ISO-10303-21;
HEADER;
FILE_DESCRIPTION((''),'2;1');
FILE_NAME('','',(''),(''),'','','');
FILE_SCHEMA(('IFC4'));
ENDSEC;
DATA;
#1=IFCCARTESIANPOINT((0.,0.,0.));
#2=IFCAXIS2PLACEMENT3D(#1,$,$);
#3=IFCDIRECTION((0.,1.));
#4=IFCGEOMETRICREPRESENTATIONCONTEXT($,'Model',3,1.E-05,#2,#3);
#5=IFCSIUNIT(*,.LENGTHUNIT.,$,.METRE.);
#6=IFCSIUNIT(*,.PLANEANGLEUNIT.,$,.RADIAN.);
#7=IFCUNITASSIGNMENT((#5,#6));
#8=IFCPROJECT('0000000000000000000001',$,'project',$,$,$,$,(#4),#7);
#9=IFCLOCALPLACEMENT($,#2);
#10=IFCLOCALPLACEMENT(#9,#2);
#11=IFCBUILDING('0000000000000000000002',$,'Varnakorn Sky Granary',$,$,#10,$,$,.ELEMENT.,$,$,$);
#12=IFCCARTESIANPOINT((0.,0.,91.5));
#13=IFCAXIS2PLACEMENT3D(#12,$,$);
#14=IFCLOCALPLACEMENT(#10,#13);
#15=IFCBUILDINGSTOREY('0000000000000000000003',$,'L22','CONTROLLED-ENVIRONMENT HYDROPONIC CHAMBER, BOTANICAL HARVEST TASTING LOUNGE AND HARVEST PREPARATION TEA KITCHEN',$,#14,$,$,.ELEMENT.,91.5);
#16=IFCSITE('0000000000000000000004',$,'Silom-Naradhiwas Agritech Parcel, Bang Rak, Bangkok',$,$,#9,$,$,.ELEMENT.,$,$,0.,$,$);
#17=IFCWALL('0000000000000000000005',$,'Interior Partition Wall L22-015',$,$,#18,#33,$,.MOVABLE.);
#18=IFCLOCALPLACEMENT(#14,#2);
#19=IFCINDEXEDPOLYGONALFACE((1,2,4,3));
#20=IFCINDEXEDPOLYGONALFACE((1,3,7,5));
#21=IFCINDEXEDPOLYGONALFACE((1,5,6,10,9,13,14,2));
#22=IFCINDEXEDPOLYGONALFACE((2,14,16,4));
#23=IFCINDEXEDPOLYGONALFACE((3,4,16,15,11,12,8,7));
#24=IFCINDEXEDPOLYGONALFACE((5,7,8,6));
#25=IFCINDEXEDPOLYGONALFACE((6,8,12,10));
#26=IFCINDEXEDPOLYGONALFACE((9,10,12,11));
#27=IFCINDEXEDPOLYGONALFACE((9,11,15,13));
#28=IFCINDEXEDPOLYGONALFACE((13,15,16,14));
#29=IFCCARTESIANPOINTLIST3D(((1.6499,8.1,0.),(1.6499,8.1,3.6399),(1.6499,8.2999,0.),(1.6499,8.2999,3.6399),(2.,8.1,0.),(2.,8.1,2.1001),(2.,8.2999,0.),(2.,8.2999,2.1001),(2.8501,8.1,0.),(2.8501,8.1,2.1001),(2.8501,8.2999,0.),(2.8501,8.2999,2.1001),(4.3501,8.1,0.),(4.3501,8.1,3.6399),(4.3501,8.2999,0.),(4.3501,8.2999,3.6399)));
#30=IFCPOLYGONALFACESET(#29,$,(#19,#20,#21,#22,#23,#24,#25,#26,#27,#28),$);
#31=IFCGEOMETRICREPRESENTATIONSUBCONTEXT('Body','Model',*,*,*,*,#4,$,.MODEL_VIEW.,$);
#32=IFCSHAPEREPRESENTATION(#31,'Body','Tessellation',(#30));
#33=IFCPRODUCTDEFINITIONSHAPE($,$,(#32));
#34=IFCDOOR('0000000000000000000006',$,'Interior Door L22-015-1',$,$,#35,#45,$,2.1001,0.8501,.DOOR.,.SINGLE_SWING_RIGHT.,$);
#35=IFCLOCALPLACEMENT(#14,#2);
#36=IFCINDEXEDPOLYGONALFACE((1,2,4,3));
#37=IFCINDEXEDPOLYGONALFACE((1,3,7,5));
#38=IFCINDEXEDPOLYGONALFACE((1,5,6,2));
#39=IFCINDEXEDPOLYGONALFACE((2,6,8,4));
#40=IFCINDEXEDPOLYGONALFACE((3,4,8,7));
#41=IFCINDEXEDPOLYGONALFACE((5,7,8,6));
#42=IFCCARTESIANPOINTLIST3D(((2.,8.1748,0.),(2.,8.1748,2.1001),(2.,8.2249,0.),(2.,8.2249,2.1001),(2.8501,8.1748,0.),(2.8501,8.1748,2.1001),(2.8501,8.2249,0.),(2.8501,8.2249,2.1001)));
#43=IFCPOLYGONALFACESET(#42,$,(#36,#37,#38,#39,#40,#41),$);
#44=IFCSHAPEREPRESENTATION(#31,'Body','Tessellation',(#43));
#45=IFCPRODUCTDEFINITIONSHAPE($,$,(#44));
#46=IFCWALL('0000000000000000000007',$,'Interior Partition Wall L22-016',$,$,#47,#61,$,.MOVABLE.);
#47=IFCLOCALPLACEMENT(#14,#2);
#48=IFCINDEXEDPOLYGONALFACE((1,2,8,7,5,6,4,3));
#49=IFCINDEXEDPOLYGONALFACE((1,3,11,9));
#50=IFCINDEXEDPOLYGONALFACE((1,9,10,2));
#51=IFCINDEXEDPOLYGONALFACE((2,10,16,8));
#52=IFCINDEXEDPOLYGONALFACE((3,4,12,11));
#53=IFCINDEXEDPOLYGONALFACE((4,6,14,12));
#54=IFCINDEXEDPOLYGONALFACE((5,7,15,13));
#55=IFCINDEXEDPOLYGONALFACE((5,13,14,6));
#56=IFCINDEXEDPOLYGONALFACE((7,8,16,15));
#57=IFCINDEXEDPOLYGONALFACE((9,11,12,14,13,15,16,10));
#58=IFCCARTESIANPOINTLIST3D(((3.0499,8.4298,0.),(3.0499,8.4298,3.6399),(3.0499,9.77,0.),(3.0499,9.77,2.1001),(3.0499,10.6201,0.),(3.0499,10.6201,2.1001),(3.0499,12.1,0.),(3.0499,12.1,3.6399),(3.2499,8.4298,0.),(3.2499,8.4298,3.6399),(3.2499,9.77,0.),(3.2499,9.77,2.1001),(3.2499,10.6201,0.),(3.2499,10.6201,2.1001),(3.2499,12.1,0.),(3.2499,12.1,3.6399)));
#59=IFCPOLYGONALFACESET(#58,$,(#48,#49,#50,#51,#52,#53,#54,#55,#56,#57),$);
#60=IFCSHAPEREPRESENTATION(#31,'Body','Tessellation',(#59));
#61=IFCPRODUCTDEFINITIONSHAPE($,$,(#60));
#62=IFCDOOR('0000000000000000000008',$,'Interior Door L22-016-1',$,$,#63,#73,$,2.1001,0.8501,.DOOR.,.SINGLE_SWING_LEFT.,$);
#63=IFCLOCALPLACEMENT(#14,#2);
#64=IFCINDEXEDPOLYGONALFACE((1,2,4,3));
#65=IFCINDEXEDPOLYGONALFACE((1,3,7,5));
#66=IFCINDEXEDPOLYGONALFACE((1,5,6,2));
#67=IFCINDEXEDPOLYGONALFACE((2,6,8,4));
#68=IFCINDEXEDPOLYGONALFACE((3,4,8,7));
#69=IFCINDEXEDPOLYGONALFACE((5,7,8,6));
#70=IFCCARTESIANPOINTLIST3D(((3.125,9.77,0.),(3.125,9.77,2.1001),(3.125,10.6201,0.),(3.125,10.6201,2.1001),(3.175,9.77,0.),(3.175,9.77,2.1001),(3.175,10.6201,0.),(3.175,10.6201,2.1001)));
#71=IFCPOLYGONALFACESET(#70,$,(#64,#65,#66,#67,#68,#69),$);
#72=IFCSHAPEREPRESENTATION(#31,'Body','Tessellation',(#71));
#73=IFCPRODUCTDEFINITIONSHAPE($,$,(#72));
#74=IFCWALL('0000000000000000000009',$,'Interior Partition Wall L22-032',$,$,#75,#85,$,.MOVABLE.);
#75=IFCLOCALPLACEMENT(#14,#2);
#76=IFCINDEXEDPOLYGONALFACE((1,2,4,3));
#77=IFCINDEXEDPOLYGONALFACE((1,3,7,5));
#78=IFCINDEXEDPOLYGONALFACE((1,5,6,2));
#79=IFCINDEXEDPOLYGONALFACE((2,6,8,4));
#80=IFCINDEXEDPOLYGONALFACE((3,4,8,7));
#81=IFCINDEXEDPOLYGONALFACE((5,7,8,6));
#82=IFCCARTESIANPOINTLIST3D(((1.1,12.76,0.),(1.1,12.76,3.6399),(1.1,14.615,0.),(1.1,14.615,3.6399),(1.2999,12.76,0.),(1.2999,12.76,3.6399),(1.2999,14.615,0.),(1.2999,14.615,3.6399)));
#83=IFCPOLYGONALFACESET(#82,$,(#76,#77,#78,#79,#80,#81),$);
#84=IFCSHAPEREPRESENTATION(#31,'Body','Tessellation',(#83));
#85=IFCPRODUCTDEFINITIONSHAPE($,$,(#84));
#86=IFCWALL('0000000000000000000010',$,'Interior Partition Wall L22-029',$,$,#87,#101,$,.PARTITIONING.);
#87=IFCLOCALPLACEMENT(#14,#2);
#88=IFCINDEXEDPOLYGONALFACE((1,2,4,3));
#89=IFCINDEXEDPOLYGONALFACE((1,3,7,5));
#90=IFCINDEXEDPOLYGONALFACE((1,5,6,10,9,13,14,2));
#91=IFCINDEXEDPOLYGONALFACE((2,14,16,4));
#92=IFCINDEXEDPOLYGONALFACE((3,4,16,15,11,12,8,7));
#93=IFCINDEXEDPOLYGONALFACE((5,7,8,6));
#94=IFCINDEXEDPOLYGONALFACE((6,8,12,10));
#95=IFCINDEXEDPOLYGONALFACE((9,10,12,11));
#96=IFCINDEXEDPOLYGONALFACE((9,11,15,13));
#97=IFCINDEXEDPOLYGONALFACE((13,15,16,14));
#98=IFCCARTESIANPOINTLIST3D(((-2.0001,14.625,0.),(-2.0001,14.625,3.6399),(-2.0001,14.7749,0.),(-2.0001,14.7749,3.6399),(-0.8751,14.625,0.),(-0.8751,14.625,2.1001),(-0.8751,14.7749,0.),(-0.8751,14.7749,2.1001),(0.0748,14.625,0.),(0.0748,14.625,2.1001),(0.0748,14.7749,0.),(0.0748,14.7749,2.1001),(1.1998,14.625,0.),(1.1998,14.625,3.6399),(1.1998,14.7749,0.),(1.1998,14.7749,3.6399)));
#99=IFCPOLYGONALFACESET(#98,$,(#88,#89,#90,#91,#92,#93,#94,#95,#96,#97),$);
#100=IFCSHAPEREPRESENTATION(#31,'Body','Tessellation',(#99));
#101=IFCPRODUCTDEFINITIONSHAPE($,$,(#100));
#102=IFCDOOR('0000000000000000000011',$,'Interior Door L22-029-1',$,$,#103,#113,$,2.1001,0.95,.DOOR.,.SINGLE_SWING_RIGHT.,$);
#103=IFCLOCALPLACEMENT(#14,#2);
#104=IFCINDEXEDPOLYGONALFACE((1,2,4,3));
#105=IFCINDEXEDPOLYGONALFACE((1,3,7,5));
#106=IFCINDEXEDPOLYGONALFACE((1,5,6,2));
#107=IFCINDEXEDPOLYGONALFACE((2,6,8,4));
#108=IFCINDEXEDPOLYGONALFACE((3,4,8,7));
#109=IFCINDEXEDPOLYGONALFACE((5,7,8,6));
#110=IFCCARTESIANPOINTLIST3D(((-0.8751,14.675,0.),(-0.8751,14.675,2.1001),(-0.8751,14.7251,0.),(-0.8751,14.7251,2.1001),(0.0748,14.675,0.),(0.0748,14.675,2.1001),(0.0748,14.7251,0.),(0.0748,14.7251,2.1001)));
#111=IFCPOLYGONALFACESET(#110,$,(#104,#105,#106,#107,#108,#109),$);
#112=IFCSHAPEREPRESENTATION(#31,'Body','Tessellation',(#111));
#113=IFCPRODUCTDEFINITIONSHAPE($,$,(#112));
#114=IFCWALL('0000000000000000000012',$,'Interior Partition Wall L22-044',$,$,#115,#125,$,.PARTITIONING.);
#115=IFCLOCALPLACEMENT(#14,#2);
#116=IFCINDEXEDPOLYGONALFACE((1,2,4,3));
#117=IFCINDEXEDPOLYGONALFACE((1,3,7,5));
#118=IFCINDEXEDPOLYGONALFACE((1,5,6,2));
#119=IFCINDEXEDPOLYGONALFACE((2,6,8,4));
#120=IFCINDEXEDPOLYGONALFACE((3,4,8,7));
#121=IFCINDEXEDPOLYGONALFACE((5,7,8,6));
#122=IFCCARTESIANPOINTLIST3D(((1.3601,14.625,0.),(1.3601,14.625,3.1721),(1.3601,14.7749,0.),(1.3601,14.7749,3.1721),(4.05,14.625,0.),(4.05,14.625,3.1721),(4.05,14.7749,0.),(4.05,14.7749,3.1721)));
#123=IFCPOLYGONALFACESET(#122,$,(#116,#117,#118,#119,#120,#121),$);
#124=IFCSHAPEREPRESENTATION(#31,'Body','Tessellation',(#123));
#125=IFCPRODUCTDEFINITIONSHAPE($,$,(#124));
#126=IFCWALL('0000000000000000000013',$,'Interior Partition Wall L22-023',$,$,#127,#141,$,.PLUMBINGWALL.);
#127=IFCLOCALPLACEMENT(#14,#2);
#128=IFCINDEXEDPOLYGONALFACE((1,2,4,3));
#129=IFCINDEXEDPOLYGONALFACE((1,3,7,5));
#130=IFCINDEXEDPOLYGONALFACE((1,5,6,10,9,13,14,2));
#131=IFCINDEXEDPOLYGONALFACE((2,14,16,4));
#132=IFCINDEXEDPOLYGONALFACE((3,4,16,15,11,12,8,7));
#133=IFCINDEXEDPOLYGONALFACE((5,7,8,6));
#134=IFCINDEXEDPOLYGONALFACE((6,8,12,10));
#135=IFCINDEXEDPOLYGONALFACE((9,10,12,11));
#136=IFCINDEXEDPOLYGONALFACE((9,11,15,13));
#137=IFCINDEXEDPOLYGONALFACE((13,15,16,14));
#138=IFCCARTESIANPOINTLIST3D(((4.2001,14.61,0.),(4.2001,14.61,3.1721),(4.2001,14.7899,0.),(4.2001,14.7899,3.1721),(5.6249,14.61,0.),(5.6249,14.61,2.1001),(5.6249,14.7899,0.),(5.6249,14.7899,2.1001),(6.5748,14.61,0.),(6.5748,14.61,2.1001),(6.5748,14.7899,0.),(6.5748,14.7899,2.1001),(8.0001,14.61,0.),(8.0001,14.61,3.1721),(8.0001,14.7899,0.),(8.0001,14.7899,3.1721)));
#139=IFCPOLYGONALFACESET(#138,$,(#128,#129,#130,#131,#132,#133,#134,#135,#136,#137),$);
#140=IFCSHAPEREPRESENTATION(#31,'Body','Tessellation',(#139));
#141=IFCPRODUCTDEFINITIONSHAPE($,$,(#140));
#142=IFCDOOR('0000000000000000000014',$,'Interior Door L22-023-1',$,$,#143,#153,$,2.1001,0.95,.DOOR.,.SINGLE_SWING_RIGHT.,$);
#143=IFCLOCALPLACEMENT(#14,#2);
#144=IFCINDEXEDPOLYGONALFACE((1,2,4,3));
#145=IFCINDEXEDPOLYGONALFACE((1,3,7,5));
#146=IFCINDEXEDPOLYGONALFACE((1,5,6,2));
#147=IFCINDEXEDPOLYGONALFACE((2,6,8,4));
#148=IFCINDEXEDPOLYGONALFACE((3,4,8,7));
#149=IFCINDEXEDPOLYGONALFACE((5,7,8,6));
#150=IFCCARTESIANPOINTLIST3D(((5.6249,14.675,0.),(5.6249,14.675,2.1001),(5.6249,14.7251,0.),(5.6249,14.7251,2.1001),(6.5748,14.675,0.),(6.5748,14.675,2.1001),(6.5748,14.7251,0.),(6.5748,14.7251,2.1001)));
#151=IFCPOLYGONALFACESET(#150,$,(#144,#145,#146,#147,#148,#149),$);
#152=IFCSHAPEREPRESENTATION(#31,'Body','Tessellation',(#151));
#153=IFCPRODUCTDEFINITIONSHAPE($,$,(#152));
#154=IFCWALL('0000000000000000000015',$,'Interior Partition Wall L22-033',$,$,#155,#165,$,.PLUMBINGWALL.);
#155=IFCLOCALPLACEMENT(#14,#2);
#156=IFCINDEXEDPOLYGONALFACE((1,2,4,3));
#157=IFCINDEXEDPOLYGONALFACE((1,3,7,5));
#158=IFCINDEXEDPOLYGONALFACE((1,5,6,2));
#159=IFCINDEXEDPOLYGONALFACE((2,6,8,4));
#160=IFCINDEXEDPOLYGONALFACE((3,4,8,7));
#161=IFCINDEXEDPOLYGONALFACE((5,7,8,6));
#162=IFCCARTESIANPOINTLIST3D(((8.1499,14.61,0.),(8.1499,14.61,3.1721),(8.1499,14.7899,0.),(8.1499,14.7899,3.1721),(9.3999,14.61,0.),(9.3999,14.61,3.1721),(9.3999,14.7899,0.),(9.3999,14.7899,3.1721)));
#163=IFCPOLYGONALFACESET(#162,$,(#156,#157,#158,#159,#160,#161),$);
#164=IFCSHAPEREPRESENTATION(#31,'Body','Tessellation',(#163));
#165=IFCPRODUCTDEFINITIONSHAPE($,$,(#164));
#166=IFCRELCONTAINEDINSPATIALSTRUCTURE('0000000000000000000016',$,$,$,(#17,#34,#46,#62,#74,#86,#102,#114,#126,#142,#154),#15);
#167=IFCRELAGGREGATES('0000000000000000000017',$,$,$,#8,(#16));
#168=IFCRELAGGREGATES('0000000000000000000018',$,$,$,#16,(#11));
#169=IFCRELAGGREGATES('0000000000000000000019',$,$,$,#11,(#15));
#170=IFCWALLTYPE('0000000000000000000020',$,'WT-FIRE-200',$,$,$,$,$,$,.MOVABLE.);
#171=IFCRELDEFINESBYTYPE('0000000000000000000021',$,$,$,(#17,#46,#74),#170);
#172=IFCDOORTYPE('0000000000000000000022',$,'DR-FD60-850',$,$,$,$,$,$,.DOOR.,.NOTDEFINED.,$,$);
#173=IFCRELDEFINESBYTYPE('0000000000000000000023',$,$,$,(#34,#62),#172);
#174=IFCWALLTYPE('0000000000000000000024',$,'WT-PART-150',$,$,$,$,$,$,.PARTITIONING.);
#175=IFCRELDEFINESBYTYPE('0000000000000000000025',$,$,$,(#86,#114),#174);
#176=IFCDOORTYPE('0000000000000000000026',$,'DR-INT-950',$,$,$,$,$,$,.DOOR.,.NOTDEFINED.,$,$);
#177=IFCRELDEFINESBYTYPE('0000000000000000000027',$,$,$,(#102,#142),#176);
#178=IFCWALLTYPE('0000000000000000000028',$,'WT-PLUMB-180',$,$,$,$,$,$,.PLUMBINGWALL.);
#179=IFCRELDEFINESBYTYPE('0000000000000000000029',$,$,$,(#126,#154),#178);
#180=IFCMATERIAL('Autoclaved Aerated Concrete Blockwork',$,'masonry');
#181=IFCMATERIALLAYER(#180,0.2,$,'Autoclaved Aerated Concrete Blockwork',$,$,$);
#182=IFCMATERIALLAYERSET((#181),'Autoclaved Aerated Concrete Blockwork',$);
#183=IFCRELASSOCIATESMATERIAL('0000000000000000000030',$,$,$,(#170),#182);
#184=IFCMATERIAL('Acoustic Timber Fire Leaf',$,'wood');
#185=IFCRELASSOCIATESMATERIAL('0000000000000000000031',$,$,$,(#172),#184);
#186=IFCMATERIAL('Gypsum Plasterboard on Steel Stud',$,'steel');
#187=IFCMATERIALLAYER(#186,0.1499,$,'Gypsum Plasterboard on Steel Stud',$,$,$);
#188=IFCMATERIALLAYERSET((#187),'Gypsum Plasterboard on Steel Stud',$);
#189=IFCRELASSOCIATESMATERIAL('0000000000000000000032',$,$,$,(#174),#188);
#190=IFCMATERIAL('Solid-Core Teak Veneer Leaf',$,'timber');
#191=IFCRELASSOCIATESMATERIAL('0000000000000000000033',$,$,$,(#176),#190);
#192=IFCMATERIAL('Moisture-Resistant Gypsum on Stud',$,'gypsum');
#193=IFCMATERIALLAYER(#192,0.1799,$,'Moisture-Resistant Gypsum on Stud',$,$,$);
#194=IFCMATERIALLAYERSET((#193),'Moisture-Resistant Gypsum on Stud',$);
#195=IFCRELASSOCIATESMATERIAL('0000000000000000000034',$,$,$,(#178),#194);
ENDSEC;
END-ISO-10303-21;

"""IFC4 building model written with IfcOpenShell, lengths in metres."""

from ifc_helpers import new_model, si_unit, direction, frame, frame_2d, origin, place, context, subcontext, project, spatial, rectangle, extrude, material, layer, layer_set, type_object, element, fill, save


model = new_model("IFC4")

# Units and contexts
model_context = context("Model", 3, precision=1e-05, world=origin(), true_north=direction((0.0, 1.0)))
body_context = subcontext(model_context, "Body", "Model", "MODEL_VIEW")
ifc_project = project(units=[si_unit("LENGTHUNIT", "METRE"), si_unit("PLANEANGLEUNIT", "RADIAN")], contexts=[model_context])

# Site, building, storey
site_placement = place(None, origin())
site = spatial("IfcSite", under=ifc_project, at=site_placement, Name="Silom-Naradhiwas Agritech Parcel, Bang Rak, Bangkok", CompositionType="ELEMENT", RefElevation=0.0)
building_placement = place(site_placement, origin())
building = spatial("IfcBuilding", under=site, at=building_placement, Name="Varnakorn Sky Granary", CompositionType="ELEMENT")
storey_placement = place(building_placement, frame((0.0, 0.0, 91.5)))
storey = spatial("IfcBuildingStorey", under=building, at=storey_placement, Name="L22", Description="CONTROLLED-ENVIRONMENT HYDROPONIC CHAMBER, BOTANICAL HARVEST TASTING LOUNGE AND HARVEST PREPARATION TEA KITCHEN", CompositionType="ELEMENT", Elevation=91.5)

# Walls, openings, doors
ifc_material_1 = material(Name="Autoclaved Aerated Concrete Blockwork", Category="masonry")
ifc_layer_1 = layer(ifc_material_1, 0.2, Name="Autoclaved Aerated Concrete Blockwork")
ifc_layer_set_1 = layer_set([ifc_layer_1], Name="Autoclaved Aerated Concrete Blockwork")
wall_type_1 = type_object("IfcWallType", Name="WT-FIRE-200", PredefinedType="MOVABLE", material=ifc_layer_set_1)
wall_1_placement = place(storey_placement, frame((1.6499, 8.2, 0.0), z_axis=(0.0, 0.0, 1.0), x_axis=(1.0, 0.0, 0.0)))
wall_1 = element("IfcWall", 1, at=wall_1_placement, inside=storey, type_object=wall_type_1, Name="Interior Partition Wall L22-015", PredefinedType="MOVABLE", context=body_context, shape_type="SweptSolid", body=[
    extrude(rectangle(XDim=2.7002, YDim=0.2, at=frame_2d((1.3501, 0.0))), origin(), (0.0, 0.0, 1.0), 3.6399),
])
opening_1_placement = place(wall_1_placement, frame((0.3501, 0.0, 0.0)))
opening_1 = element("IfcOpeningElement", 2, at=opening_1_placement, cuts=wall_1, PredefinedType="OPENING", context=body_context, shape_type="SweptSolid", body=[
    extrude(rectangle(XDim=0.8501, YDim=2.1001, at=frame_2d((0.425, 1.05))), frame((0.0, 0.1099, 0.0), z_axis=(0.0, -1.0, 0.0), x_axis=(1.0, 0.0, 0.0)), (0.0, 0.0, 1.0), 0.22),
])
ifc_material_2 = material(Name="Acoustic Timber Fire Leaf", Category="wood")
door_type_1 = type_object("IfcDoorType", Name="DR-FD60-850", OperationType="NOTDEFINED", PredefinedType="DOOR", material=ifc_material_2)
door_1_placement = place(opening_1_placement, origin())
door_1 = element("IfcDoor", 3, at=door_1_placement, inside=storey, type_object=door_type_1, Name="Interior Door L22-015-1", OperationType="SINGLE_SWING_RIGHT", OverallHeight=2.1001, OverallWidth=0.8501, PredefinedType="DOOR", context=body_context, shape_type="SweptSolid", body=[
    extrude(rectangle(XDim=0.8501, YDim=2.1001, at=frame_2d((0.425, 1.05))), frame((0.0, 0.0249, 0.0), z_axis=(0.0, -1.0, 0.0), x_axis=(1.0, 0.0, 0.0)), (0.0, 0.0, 1.0), 0.05),
])
fill(opening_1, door_1)
wall_2_placement = place(storey_placement, frame((3.1499, 8.4299, 0.0), z_axis=(0.0, 0.0, 1.0), x_axis=(0.0, 1.0, 0.0)))
wall_2 = element("IfcWall", 4, at=wall_2_placement, inside=storey, type_object=wall_type_1, Name="Interior Partition Wall L22-016", PredefinedType="MOVABLE", context=body_context, shape_type="SweptSolid", body=[
    extrude(rectangle(XDim=3.6702, YDim=0.2, at=frame_2d((1.835, 0.0))), origin(), (0.0, 0.0, 1.0), 3.6399),
])
opening_2_placement = place(wall_2_placement, frame((1.3401, 0.0, 0.0)))
opening_2 = element("IfcOpeningElement", 5, at=opening_2_placement, cuts=wall_2, PredefinedType="OPENING", context=body_context, shape_type="SweptSolid", body=[
    extrude(rectangle(XDim=0.8501, YDim=2.1001, at=frame_2d((0.425, 1.05))), frame((0.0, 0.1099, 0.0), z_axis=(0.0, -1.0, 0.0), x_axis=(1.0, 0.0, 0.0)), (0.0, 0.0, 1.0), 0.22),
])
door_2_placement = place(opening_2_placement, origin())
door_2 = element("IfcDoor", 6, at=door_2_placement, inside=storey, type_object=door_type_1, Name="Interior Door L22-016-1", OperationType="SINGLE_SWING_LEFT", OverallHeight=2.1001, OverallWidth=0.8501, PredefinedType="DOOR", context=body_context, shape_type="SweptSolid", body=[
    extrude(rectangle(XDim=0.8501, YDim=2.1001, at=frame_2d((0.425, 1.05))), frame((0.0, 0.0249, 0.0), z_axis=(0.0, -1.0, 0.0), x_axis=(1.0, 0.0, 0.0)), (0.0, 0.0, 1.0), 0.05),
])
fill(opening_2, door_2)

# Wall
wall_3_placement = place(storey_placement, frame((1.2, 14.615, 0.0), z_axis=(0.0, 0.0, 1.0), x_axis=(0.0, -1.0, 0.0)))
element("IfcWall", 7, at=wall_3_placement, inside=storey, type_object=wall_type_1, Name="Interior Partition Wall L22-032", PredefinedType="MOVABLE", context=body_context, shape_type="SweptSolid", body=[
    extrude(rectangle(XDim=1.855, YDim=0.2, at=frame_2d((0.9275, 0.0))), origin(), (0.0, 0.0, 1.0), 3.6399),
])

# Wall, opening, door
ifc_material_3 = material(Name="Gypsum Plasterboard on Steel Stud", Category="steel")
ifc_layer_2 = layer(ifc_material_3, 0.1499, Name="Gypsum Plasterboard on Steel Stud")
ifc_layer_set_2 = layer_set([ifc_layer_2], Name="Gypsum Plasterboard on Steel Stud")
wall_type_2 = type_object("IfcWallType", Name="WT-PART-150", PredefinedType="PARTITIONING", material=ifc_layer_set_2)
wall_4_placement = place(storey_placement, frame((1.2, 14.7, 0.0), z_axis=(0.0, 0.0, 1.0), x_axis=(-1.0, 0.0, 0.0)))
wall_4 = element("IfcWall", 8, at=wall_4_placement, inside=storey, type_object=wall_type_2, Name="Interior Partition Wall L22-029", PredefinedType="PARTITIONING", context=body_context, shape_type="SweptSolid", body=[
    extrude(rectangle(XDim=3.2, YDim=0.1499, at=frame_2d((1.6001, 0.0))), origin(), (0.0, 0.0, 1.0), 3.6399),
])
opening_3_placement = place(wall_4_placement, frame((1.125, 0.0, 0.0)))
opening_3 = element("IfcOpeningElement", 9, at=opening_3_placement, cuts=wall_4, PredefinedType="OPENING", context=body_context, shape_type="SweptSolid", body=[
    extrude(rectangle(XDim=0.95, YDim=2.1001, at=frame_2d((0.4751, 1.05))), frame((0.0, 0.085, 0.0), z_axis=(0.0, -1.0, 0.0), x_axis=(1.0, 0.0, 0.0)), (0.0, 0.0, 1.0), 0.1699),
])
ifc_material_4 = material(Name="Solid-Core Teak Veneer Leaf", Category="timber")
door_type_2 = type_object("IfcDoorType", Name="DR-INT-950", OperationType="NOTDEFINED", PredefinedType="DOOR", material=ifc_material_4)
door_3_placement = place(opening_3_placement, origin())
door_3 = element("IfcDoor", 10, at=door_3_placement, inside=storey, type_object=door_type_2, Name="Interior Door L22-029-1", OperationType="SINGLE_SWING_RIGHT", OverallHeight=2.1001, OverallWidth=0.95, PredefinedType="DOOR", context=body_context, shape_type="SweptSolid", body=[
    extrude(rectangle(XDim=0.95, YDim=2.1001, at=frame_2d((0.4751, 1.05))), frame((0.0, 0.0249, 0.0), z_axis=(0.0, -1.0, 0.0), x_axis=(1.0, 0.0, 0.0)), (0.0, 0.0, 1.0), 0.05),
])
fill(opening_3, door_3)

# Wall
wall_5_placement = place(storey_placement, frame((4.05, 14.7, 0.0), z_axis=(0.0, 0.0, 1.0), x_axis=(-1.0, 0.0, 0.0)))
element("IfcWall", 11, at=wall_5_placement, inside=storey, type_object=wall_type_2, Name="Interior Partition Wall L22-044", PredefinedType="PARTITIONING", context=body_context, shape_type="SweptSolid", body=[
    extrude(rectangle(XDim=2.6899, YDim=0.1499, at=frame_2d((1.345, 0.0))), origin(), (0.0, 0.0, 1.0), 3.1721),
])

# Wall, opening, door
ifc_material_5 = material(Name="Moisture-Resistant Gypsum on Stud", Category="gypsum")
ifc_layer_3 = layer(ifc_material_5, 0.1799, Name="Moisture-Resistant Gypsum on Stud")
ifc_layer_set_3 = layer_set([ifc_layer_3], Name="Moisture-Resistant Gypsum on Stud")
wall_type_3 = type_object("IfcWallType", Name="WT-PLUMB-180", PredefinedType="PLUMBINGWALL", material=ifc_layer_set_3)
wall_6_placement = place(storey_placement, frame((8.0, 14.7, 0.0), z_axis=(0.0, 0.0, 1.0), x_axis=(-1.0, 0.0, 0.0)))
wall_6 = element("IfcWall", 12, at=wall_6_placement, inside=storey, type_object=wall_type_3, Name="Interior Partition Wall L22-023", PredefinedType="PLUMBINGWALL", context=body_context, shape_type="SweptSolid", body=[
    extrude(rectangle(XDim=3.8, YDim=0.1799, at=frame_2d((1.8999, 0.0))), origin(), (0.0, 0.0, 1.0), 3.1721),
])
opening_4_placement = place(wall_6_placement, frame((1.425, 0.0, 0.0)))
opening_4 = element("IfcOpeningElement", 13, at=opening_4_placement, cuts=wall_6, PredefinedType="OPENING", context=body_context, shape_type="SweptSolid", body=[
    extrude(rectangle(XDim=0.95, YDim=2.1001, at=frame_2d((0.4751, 1.05))), frame((0.0, 0.1001, 0.0), z_axis=(0.0, -1.0, 0.0), x_axis=(1.0, 0.0, 0.0)), (0.0, 0.0, 1.0), 0.2),
])
door_4_placement = place(opening_4_placement, origin())
door_4 = element("IfcDoor", 14, at=door_4_placement, inside=storey, type_object=door_type_2, Name="Interior Door L22-023-1", OperationType="SINGLE_SWING_RIGHT", OverallHeight=2.1001, OverallWidth=0.95, PredefinedType="DOOR", context=body_context, shape_type="SweptSolid", body=[
    extrude(rectangle(XDim=0.95, YDim=2.1001, at=frame_2d((0.4751, 1.05))), frame((0.0, 0.0249, 0.0), z_axis=(0.0, -1.0, 0.0), x_axis=(1.0, 0.0, 0.0)), (0.0, 0.0, 1.0), 0.05),
])
fill(opening_4, door_4)

# Wall
wall_7_placement = place(storey_placement, frame((9.3999, 14.7, 0.0), z_axis=(0.0, 0.0, 1.0), x_axis=(-1.0, 0.0, 0.0)))
element("IfcWall", 15, at=wall_7_placement, inside=storey, type_object=wall_type_3, Name="Interior Partition Wall L22-033", PredefinedType="PLUMBINGWALL", context=body_context, shape_type="SweptSolid", body=[
    extrude(rectangle(XDim=1.25, YDim=0.1799, at=frame_2d((0.625, 0.0))), origin(), (0.0, 0.0, 1.0), 3.1721),
])

save(model, "model.ifc")
